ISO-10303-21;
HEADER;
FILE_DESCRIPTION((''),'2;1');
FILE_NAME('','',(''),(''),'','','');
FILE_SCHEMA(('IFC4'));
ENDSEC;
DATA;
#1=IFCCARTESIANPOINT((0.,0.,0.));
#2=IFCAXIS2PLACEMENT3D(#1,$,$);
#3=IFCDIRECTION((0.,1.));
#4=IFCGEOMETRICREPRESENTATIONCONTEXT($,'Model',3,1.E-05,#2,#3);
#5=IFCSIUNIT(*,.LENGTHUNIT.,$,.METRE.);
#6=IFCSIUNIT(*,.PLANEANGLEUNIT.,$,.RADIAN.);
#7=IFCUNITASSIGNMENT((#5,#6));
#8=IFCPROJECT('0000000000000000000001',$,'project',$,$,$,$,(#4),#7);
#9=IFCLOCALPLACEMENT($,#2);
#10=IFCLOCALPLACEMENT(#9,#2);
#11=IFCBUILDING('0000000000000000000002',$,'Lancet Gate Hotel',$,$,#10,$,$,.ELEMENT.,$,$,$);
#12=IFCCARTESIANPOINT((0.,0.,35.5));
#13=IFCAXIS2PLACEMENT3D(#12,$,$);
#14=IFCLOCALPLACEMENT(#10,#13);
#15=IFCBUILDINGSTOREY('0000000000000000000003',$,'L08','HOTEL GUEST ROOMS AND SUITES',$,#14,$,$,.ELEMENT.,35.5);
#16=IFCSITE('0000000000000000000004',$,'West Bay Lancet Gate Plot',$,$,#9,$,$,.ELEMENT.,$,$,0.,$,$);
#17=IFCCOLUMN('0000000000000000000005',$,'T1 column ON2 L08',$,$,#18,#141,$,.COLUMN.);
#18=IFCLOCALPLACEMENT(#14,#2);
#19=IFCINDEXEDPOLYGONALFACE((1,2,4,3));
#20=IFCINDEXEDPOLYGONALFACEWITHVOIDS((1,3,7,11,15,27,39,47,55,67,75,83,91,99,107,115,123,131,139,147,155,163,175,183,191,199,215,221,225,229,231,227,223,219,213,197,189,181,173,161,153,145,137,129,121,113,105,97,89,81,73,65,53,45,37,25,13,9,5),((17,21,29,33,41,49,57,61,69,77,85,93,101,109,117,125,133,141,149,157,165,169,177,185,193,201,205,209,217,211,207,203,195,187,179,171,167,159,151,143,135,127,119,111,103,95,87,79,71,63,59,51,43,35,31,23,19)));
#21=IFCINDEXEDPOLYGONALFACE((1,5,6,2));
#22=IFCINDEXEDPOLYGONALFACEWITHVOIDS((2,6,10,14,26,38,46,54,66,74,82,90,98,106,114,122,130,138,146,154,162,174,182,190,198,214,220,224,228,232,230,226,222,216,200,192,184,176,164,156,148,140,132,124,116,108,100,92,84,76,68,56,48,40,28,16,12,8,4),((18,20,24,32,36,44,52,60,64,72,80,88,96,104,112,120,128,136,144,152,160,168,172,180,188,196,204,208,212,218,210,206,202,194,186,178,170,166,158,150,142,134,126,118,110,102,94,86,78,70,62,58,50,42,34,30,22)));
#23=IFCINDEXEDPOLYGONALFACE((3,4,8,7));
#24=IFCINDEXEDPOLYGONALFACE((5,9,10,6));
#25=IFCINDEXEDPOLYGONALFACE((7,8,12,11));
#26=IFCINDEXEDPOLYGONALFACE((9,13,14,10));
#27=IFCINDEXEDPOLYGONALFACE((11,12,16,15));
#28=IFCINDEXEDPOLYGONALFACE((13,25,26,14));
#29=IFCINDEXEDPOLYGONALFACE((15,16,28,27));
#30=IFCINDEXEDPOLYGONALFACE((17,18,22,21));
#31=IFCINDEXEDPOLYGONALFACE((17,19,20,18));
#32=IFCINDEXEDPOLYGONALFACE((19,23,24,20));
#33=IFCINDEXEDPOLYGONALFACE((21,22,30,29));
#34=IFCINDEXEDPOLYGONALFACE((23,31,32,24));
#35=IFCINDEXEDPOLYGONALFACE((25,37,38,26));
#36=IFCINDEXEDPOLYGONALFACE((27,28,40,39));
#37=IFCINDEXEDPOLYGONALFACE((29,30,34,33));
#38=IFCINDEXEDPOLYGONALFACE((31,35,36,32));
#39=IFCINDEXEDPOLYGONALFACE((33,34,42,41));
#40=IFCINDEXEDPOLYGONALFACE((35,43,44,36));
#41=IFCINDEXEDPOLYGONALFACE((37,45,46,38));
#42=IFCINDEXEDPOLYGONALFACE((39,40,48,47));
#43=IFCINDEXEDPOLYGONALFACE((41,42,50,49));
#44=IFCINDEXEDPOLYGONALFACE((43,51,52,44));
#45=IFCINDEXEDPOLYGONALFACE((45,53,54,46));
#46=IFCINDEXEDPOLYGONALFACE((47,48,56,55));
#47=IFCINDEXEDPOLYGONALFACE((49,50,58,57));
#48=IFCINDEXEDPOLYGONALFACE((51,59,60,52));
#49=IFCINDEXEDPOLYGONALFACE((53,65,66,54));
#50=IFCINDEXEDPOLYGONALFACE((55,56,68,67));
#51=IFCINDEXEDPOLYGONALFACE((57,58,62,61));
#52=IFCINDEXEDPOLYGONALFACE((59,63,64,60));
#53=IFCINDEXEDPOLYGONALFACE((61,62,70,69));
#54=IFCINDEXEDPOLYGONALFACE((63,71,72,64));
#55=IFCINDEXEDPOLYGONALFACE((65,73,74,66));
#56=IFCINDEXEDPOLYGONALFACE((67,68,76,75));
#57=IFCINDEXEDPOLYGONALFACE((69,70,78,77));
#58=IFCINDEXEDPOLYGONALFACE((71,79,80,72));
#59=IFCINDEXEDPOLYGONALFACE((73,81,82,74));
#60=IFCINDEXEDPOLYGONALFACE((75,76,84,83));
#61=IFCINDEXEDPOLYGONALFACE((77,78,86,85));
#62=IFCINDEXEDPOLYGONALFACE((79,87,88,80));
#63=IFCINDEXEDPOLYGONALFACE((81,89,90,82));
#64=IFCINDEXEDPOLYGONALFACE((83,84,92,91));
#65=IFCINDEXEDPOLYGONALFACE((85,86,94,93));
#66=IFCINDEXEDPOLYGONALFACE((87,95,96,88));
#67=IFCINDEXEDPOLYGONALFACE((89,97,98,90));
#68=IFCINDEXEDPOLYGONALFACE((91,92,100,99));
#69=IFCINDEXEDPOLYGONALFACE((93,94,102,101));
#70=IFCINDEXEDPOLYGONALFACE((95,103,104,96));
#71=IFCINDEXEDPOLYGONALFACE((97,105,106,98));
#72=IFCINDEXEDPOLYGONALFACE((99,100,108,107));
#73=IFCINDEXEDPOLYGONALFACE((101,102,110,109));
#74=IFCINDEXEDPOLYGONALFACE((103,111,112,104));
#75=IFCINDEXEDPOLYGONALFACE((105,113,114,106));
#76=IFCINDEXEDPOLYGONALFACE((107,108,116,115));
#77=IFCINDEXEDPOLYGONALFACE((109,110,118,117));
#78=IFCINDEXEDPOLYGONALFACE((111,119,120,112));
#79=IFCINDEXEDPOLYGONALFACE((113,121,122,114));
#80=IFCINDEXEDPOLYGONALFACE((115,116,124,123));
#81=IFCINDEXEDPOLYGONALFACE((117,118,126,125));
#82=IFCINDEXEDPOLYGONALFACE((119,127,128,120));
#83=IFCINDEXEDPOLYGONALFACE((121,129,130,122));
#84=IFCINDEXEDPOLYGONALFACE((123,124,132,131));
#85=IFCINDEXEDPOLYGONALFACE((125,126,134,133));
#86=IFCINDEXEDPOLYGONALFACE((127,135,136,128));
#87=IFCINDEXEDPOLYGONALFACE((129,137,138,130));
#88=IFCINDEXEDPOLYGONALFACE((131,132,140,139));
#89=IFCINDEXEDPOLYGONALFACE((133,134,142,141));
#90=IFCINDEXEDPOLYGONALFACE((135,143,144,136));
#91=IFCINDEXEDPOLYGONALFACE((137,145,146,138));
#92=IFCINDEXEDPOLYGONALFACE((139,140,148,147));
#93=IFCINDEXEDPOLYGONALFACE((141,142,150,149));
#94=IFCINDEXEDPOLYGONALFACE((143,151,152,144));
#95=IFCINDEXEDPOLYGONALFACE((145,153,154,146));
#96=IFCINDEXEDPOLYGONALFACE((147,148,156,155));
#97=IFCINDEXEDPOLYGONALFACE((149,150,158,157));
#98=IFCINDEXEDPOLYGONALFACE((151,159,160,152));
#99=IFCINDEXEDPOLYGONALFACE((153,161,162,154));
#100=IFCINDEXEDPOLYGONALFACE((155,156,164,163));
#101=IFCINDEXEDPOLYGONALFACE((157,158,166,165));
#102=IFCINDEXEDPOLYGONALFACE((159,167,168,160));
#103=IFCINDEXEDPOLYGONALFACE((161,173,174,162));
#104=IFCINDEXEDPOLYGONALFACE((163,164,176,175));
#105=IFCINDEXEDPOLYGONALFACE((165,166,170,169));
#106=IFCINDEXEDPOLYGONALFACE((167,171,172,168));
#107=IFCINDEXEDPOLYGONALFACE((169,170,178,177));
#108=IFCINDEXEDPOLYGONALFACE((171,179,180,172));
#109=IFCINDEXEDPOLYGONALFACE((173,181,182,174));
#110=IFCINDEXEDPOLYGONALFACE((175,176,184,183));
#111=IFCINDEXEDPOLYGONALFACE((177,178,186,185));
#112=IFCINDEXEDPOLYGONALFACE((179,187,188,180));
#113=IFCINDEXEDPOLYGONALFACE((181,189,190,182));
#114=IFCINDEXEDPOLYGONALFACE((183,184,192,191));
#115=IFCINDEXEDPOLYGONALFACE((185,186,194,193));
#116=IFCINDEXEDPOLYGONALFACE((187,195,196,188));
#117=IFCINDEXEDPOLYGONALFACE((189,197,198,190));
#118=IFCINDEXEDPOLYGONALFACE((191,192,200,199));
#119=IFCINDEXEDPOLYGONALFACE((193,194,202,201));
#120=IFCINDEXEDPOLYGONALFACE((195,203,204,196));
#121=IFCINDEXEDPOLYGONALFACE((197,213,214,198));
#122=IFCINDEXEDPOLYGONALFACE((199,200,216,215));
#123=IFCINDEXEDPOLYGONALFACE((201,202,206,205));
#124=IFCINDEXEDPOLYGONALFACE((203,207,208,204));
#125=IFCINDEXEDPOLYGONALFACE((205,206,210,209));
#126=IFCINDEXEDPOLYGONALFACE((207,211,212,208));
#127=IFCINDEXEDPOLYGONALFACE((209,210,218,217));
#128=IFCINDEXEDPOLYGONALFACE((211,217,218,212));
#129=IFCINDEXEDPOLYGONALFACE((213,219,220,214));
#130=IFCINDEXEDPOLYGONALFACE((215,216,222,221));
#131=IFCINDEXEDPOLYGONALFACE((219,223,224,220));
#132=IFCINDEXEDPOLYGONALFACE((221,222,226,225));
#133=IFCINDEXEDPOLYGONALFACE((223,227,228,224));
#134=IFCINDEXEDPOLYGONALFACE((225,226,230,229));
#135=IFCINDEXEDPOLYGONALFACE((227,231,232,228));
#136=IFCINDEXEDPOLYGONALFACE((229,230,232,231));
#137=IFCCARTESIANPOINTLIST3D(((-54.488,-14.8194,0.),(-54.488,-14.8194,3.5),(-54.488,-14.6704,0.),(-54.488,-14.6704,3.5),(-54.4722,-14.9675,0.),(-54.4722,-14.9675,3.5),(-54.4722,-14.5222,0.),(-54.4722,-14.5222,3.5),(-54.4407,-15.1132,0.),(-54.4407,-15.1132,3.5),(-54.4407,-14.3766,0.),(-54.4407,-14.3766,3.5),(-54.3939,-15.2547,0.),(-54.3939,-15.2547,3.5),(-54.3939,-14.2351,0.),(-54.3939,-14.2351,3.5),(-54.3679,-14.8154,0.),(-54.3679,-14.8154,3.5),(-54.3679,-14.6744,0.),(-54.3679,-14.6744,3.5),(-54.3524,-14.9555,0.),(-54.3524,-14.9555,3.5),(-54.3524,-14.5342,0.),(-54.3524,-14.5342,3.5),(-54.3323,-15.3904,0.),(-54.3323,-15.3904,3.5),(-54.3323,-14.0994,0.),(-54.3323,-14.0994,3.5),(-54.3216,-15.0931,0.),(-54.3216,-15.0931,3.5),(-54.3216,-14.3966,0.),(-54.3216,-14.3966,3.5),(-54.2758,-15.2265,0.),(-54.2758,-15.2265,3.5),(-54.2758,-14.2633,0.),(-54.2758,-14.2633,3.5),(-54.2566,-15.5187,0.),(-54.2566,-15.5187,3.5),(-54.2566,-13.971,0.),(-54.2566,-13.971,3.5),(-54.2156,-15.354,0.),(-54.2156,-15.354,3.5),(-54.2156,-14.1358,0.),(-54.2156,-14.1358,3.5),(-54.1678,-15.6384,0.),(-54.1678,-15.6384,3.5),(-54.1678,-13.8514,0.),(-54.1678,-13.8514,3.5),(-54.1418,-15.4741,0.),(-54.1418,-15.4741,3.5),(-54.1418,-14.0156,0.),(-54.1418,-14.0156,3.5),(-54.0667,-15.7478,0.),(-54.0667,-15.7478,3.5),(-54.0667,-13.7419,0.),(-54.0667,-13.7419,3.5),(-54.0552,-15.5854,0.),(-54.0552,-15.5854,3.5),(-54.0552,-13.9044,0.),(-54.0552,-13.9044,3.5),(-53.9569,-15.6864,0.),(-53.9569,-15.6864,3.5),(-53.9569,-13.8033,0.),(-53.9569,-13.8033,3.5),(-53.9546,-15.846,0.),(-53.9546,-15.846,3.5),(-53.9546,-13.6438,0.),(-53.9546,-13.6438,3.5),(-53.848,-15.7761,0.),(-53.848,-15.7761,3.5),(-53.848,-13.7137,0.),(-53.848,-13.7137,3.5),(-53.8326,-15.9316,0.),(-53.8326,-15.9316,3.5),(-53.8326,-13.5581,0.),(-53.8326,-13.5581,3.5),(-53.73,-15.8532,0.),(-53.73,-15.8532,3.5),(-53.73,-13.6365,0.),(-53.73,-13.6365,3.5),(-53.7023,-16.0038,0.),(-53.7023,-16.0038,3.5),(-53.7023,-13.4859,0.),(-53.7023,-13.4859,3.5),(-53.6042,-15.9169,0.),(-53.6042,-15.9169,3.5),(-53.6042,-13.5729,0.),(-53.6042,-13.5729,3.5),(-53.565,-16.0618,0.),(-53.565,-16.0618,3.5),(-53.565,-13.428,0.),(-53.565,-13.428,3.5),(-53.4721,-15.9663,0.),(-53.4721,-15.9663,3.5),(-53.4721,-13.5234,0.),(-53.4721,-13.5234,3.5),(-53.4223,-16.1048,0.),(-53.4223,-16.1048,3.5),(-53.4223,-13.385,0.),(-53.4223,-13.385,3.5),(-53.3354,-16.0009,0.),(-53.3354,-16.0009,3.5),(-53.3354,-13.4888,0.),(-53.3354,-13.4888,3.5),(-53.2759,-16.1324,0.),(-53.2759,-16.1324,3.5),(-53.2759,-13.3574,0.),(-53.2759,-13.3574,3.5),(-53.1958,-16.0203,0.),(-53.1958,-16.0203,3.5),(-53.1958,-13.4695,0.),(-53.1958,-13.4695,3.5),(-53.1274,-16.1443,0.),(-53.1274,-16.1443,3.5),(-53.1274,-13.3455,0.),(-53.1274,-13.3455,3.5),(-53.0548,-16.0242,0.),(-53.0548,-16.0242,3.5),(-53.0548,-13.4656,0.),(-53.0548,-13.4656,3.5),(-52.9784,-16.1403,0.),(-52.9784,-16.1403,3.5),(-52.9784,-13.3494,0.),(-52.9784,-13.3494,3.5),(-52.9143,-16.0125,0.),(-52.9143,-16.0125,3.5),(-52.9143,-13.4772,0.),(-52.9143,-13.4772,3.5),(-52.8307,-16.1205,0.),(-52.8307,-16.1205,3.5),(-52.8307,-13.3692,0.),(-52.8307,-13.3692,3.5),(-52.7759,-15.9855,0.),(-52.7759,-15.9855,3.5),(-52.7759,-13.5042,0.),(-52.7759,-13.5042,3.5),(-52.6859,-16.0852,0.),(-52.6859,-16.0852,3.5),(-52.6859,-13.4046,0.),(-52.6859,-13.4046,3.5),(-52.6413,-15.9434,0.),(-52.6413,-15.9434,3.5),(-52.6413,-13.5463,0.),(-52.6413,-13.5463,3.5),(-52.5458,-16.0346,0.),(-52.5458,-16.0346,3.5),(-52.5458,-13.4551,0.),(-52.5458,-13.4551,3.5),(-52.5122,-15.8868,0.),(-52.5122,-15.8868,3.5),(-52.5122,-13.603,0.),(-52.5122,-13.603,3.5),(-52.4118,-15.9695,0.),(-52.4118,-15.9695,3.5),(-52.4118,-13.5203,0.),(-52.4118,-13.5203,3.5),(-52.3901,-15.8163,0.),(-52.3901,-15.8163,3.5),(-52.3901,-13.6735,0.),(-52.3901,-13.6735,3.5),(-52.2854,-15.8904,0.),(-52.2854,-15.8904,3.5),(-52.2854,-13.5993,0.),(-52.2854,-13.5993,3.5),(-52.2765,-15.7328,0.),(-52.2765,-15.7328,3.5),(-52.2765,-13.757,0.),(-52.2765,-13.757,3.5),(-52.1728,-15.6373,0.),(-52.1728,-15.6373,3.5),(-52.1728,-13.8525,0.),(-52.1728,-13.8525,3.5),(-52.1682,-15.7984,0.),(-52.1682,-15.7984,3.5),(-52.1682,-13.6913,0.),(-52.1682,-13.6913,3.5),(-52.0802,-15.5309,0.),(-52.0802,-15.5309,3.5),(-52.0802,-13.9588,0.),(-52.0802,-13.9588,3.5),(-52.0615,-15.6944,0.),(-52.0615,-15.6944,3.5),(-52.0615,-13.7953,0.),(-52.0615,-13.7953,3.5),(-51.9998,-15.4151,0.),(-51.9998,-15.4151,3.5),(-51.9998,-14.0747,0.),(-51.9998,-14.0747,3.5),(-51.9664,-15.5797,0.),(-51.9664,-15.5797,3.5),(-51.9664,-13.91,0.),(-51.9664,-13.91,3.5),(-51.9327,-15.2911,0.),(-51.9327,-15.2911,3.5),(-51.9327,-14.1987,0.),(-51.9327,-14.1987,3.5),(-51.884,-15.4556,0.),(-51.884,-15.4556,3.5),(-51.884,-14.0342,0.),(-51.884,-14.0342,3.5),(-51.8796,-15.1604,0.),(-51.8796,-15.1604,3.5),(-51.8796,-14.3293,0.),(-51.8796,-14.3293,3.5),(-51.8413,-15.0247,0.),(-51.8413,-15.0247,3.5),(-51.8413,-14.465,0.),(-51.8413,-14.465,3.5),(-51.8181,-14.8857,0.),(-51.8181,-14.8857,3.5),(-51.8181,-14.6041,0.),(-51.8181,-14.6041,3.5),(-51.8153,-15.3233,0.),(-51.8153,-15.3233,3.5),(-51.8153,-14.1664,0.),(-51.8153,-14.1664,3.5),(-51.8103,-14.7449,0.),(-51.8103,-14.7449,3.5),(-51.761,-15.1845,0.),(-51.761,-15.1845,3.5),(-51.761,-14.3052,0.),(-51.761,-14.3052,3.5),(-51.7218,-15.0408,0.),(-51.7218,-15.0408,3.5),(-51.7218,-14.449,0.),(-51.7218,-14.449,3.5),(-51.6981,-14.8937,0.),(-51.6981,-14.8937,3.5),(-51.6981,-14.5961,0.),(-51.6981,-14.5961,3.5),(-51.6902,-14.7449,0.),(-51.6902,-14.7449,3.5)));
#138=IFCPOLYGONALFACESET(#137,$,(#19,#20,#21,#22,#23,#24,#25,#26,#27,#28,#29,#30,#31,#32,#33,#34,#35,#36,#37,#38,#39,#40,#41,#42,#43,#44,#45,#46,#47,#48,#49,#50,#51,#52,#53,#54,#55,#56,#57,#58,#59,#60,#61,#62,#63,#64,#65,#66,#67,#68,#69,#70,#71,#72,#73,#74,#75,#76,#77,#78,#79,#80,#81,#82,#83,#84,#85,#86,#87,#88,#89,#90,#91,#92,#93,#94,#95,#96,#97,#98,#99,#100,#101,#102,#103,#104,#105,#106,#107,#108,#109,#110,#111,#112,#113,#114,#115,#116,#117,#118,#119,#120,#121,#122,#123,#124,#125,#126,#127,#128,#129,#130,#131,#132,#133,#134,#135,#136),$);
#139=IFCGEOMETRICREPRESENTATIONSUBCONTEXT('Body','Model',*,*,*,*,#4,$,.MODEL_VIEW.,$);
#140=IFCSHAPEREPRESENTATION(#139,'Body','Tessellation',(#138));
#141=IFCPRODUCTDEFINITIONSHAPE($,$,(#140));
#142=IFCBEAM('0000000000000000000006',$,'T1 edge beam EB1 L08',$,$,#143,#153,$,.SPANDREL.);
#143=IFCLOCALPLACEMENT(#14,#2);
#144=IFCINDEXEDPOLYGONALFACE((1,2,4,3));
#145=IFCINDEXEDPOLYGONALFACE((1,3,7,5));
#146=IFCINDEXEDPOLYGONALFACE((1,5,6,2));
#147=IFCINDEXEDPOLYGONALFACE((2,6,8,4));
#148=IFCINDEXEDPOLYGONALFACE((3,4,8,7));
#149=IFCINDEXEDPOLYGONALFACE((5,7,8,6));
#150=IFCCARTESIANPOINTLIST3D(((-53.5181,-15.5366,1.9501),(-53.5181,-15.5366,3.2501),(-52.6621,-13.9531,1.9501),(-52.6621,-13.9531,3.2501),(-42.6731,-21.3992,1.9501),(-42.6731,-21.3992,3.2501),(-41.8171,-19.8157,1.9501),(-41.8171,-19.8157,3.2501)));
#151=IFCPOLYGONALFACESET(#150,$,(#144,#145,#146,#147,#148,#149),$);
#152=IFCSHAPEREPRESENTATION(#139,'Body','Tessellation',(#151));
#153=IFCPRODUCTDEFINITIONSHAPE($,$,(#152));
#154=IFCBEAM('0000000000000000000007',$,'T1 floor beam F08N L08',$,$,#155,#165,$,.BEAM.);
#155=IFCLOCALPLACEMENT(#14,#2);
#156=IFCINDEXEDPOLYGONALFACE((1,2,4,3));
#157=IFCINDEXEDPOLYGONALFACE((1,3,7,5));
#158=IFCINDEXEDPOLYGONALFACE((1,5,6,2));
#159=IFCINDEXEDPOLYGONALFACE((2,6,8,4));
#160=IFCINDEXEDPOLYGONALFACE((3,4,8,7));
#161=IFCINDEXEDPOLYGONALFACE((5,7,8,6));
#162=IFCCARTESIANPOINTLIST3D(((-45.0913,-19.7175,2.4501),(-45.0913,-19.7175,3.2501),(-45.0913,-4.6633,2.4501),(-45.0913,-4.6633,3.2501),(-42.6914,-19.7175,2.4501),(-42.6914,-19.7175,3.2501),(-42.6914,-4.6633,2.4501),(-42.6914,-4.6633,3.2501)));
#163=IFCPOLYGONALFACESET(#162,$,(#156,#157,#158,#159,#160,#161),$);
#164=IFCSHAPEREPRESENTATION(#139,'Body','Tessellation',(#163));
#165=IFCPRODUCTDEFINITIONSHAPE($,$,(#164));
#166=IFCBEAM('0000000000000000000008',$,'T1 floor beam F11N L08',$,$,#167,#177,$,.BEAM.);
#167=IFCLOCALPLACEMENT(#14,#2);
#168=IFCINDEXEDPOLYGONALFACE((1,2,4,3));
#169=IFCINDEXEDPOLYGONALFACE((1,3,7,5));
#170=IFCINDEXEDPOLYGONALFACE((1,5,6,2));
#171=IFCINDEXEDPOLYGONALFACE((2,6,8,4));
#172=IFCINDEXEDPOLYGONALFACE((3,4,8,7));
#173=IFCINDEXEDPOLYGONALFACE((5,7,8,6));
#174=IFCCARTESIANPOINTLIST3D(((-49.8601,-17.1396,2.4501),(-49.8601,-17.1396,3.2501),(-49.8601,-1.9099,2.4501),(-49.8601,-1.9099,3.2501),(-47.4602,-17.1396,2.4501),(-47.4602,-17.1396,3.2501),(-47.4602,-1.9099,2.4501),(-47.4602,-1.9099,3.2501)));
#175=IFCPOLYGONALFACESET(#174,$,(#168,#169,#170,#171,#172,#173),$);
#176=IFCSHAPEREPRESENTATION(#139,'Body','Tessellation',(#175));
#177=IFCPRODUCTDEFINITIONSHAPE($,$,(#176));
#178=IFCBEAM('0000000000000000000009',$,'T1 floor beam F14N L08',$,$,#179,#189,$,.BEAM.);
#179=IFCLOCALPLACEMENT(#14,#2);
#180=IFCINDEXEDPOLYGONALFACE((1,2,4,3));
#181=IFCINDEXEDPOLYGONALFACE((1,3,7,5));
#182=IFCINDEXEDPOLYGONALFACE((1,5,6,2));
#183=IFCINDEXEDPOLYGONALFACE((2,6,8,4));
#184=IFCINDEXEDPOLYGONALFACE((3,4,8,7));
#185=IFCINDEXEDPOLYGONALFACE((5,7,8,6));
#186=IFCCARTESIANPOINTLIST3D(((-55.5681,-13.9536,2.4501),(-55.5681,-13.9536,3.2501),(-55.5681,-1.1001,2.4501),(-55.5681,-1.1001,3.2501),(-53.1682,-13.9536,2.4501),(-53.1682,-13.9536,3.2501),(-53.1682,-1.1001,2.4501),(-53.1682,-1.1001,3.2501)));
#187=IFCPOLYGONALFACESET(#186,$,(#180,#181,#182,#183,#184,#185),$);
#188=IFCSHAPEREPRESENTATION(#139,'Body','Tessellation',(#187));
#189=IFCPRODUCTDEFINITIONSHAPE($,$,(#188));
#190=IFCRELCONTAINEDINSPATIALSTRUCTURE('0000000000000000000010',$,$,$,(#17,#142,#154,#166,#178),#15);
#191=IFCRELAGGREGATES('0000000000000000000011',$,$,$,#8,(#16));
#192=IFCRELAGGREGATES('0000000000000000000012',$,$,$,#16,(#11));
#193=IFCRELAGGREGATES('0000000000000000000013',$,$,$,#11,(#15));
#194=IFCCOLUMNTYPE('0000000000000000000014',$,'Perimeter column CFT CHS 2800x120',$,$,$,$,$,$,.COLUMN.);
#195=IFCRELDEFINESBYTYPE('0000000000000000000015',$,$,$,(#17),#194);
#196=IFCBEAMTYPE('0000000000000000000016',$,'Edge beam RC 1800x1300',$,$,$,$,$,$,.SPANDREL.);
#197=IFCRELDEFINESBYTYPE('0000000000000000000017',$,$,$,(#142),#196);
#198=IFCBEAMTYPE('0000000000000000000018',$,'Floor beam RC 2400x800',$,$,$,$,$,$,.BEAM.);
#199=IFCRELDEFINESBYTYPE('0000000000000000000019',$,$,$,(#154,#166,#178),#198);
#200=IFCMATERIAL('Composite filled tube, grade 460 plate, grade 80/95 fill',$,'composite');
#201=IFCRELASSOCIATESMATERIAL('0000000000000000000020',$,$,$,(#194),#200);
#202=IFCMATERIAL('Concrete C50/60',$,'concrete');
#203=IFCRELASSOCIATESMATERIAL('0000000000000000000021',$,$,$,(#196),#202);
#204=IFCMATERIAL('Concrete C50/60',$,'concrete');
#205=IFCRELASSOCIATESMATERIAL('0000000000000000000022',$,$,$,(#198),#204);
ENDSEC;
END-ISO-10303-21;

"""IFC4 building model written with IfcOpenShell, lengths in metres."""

from ifc_helpers import new_model, si_unit, direction, frame, origin, origin_2d, place, context, subcontext, project, spatial, rectangle, hollow_circle, extrude, material, material_profile, profile_set, type_object, element, save


model = new_model("IFC4")

# Units and contexts
model_context = context("Model", 3, precision=1e-05, world=origin(), true_north=direction((0.0, 1.0)))
body_context = subcontext(model_context, "Body", "Model", "MODEL_VIEW")
ifc_project = project(units=[si_unit("LENGTHUNIT", "METRE"), si_unit("PLANEANGLEUNIT", "RADIAN")], contexts=[model_context])

# Site, building, storey
site_placement = place(None, origin())
site = spatial("IfcSite", under=ifc_project, at=site_placement, Name="West Bay Lancet Gate Plot", CompositionType="ELEMENT", RefElevation=0.0)
building_placement = place(site_placement, origin())
building = spatial("IfcBuilding", under=site, at=building_placement, Name="Lancet Gate Hotel", CompositionType="ELEMENT")
storey_placement = place(building_placement, frame((0.0, 0.0, 35.5)))
storey = spatial("IfcBuildingStorey", under=building, at=storey_placement, Name="L08", Description="HOTEL GUEST ROOMS AND SUITES", CompositionType="ELEMENT", Elevation=35.5)

# Column
ifc_material_1 = material(Name="Composite filled tube, grade 460 plate, grade 80/95 fill", Category="composite")
ifc_material_profile_1 = material_profile(ifc_material_1, hollow_circle(Radius=1.3999, WallThickness=0.1201, at=origin_2d()), Name="CHS 2800x120")
ifc_profile_set_1 = profile_set([ifc_material_profile_1], Name="Composite filled tube, grade 460 plate, grade 80/95 fill")
column_type = type_object("IfcColumnType", Name="Perimeter column CFT CHS 2800x120", PredefinedType="COLUMN", material=ifc_profile_set_1)
column_placement = place(storey_placement, frame((-53.0901, -14.7449, 0.0), z_axis=(0.0, 0.0, 1.0), x_axis=(1.0, 0.0, 0.0)))
element("IfcColumn", 1, at=column_placement, inside=storey, type_object=column_type, Name="T1 column ON2 L08", PredefinedType="COLUMN", context=body_context, shape_type="SweptSolid", body=[
    extrude(hollow_circle(Radius=1.3999, WallThickness=0.1201, at=origin_2d()), origin(), (0.0, 0.0, 1.0), 3.5),
])

# Beams
ifc_material_2 = material(Name="Concrete C50/60", Category="concrete")
ifc_material_profile_2 = material_profile(ifc_material_2, rectangle(XDim=1.8, YDim=1.3, at=origin_2d()), Name="RC 1800x1300")
ifc_profile_set_2 = profile_set([ifc_material_profile_2], Name="Concrete C50/60")
beam_type_1 = type_object("IfcBeamType", Name="Edge beam RC 1800x1300", PredefinedType="SPANDREL", material=ifc_profile_set_2)
beam_1_placement = place(storey_placement, frame((-53.0901, -14.7449, 2.6001), z_axis=(0.879693, -0.475542, 0.0), x_axis=(0.475542, 0.879693, 0.0)))
element("IfcBeam", 2, at=beam_1_placement, inside=storey, type_object=beam_type_1, Name="T1 edge beam EB1 L08", PredefinedType="SPANDREL", context=body_context, shape_type="SweptSolid", body=[
    extrude(rectangle(XDim=1.8, YDim=1.3, at=origin_2d()), origin(), (0.0, 0.0, 1.0), 12.3281),
])
ifc_material_3 = material(Name="Concrete C50/60", Category="concrete")
ifc_material_profile_3 = material_profile(ifc_material_3, rectangle(XDim=2.3999, YDim=0.8, at=origin_2d()), Name="RC 2400x800")
ifc_profile_set_3 = profile_set([ifc_material_profile_3], Name="Concrete C50/60")
beam_type_2 = type_object("IfcBeamType", Name="Floor beam RC 2400x800", PredefinedType="BEAM", material=ifc_profile_set_3)
beam_2_placement = place(storey_placement, frame((-43.8914, -4.6633, 2.8501), z_axis=(0.0, -1.0, 0.0), x_axis=(1.0, 0.0, 0.0)))
element("IfcBeam", 3, at=beam_2_placement, inside=storey, type_object=beam_type_2, Name="T1 floor beam F08N L08", PredefinedType="BEAM", context=body_context, shape_type="SweptSolid", body=[
    extrude(rectangle(XDim=2.3999, YDim=0.8, at=origin_2d()), origin(), (0.0, 0.0, 1.0), 15.0542),
])
beam_3_placement = place(storey_placement, frame((-48.6602, -1.9099, 2.8501), z_axis=(0.0, -1.0, 0.0), x_axis=(1.0, 0.0, 0.0)))
element("IfcBeam", 4, at=beam_3_placement, inside=storey, type_object=beam_type_2, Name="T1 floor beam F11N L08", PredefinedType="BEAM", context=body_context, shape_type="SweptSolid", body=[
    extrude(rectangle(XDim=2.3999, YDim=0.8, at=origin_2d()), origin(), (0.0, 0.0, 1.0), 15.2297),
])
beam_4_placement = place(storey_placement, frame((-54.3682, -1.1001, 2.8501), z_axis=(0.0, -1.0, 0.0), x_axis=(1.0, 0.0, 0.0)))
element("IfcBeam", 5, at=beam_4_placement, inside=storey, type_object=beam_type_2, Name="T1 floor beam F14N L08", PredefinedType="BEAM", context=body_context, shape_type="SweptSolid", body=[
    extrude(rectangle(XDim=2.3999, YDim=0.8, at=origin_2d()), origin(), (0.0, 0.0, 1.0), 12.8535),
])

save(model, "model.ifc")
